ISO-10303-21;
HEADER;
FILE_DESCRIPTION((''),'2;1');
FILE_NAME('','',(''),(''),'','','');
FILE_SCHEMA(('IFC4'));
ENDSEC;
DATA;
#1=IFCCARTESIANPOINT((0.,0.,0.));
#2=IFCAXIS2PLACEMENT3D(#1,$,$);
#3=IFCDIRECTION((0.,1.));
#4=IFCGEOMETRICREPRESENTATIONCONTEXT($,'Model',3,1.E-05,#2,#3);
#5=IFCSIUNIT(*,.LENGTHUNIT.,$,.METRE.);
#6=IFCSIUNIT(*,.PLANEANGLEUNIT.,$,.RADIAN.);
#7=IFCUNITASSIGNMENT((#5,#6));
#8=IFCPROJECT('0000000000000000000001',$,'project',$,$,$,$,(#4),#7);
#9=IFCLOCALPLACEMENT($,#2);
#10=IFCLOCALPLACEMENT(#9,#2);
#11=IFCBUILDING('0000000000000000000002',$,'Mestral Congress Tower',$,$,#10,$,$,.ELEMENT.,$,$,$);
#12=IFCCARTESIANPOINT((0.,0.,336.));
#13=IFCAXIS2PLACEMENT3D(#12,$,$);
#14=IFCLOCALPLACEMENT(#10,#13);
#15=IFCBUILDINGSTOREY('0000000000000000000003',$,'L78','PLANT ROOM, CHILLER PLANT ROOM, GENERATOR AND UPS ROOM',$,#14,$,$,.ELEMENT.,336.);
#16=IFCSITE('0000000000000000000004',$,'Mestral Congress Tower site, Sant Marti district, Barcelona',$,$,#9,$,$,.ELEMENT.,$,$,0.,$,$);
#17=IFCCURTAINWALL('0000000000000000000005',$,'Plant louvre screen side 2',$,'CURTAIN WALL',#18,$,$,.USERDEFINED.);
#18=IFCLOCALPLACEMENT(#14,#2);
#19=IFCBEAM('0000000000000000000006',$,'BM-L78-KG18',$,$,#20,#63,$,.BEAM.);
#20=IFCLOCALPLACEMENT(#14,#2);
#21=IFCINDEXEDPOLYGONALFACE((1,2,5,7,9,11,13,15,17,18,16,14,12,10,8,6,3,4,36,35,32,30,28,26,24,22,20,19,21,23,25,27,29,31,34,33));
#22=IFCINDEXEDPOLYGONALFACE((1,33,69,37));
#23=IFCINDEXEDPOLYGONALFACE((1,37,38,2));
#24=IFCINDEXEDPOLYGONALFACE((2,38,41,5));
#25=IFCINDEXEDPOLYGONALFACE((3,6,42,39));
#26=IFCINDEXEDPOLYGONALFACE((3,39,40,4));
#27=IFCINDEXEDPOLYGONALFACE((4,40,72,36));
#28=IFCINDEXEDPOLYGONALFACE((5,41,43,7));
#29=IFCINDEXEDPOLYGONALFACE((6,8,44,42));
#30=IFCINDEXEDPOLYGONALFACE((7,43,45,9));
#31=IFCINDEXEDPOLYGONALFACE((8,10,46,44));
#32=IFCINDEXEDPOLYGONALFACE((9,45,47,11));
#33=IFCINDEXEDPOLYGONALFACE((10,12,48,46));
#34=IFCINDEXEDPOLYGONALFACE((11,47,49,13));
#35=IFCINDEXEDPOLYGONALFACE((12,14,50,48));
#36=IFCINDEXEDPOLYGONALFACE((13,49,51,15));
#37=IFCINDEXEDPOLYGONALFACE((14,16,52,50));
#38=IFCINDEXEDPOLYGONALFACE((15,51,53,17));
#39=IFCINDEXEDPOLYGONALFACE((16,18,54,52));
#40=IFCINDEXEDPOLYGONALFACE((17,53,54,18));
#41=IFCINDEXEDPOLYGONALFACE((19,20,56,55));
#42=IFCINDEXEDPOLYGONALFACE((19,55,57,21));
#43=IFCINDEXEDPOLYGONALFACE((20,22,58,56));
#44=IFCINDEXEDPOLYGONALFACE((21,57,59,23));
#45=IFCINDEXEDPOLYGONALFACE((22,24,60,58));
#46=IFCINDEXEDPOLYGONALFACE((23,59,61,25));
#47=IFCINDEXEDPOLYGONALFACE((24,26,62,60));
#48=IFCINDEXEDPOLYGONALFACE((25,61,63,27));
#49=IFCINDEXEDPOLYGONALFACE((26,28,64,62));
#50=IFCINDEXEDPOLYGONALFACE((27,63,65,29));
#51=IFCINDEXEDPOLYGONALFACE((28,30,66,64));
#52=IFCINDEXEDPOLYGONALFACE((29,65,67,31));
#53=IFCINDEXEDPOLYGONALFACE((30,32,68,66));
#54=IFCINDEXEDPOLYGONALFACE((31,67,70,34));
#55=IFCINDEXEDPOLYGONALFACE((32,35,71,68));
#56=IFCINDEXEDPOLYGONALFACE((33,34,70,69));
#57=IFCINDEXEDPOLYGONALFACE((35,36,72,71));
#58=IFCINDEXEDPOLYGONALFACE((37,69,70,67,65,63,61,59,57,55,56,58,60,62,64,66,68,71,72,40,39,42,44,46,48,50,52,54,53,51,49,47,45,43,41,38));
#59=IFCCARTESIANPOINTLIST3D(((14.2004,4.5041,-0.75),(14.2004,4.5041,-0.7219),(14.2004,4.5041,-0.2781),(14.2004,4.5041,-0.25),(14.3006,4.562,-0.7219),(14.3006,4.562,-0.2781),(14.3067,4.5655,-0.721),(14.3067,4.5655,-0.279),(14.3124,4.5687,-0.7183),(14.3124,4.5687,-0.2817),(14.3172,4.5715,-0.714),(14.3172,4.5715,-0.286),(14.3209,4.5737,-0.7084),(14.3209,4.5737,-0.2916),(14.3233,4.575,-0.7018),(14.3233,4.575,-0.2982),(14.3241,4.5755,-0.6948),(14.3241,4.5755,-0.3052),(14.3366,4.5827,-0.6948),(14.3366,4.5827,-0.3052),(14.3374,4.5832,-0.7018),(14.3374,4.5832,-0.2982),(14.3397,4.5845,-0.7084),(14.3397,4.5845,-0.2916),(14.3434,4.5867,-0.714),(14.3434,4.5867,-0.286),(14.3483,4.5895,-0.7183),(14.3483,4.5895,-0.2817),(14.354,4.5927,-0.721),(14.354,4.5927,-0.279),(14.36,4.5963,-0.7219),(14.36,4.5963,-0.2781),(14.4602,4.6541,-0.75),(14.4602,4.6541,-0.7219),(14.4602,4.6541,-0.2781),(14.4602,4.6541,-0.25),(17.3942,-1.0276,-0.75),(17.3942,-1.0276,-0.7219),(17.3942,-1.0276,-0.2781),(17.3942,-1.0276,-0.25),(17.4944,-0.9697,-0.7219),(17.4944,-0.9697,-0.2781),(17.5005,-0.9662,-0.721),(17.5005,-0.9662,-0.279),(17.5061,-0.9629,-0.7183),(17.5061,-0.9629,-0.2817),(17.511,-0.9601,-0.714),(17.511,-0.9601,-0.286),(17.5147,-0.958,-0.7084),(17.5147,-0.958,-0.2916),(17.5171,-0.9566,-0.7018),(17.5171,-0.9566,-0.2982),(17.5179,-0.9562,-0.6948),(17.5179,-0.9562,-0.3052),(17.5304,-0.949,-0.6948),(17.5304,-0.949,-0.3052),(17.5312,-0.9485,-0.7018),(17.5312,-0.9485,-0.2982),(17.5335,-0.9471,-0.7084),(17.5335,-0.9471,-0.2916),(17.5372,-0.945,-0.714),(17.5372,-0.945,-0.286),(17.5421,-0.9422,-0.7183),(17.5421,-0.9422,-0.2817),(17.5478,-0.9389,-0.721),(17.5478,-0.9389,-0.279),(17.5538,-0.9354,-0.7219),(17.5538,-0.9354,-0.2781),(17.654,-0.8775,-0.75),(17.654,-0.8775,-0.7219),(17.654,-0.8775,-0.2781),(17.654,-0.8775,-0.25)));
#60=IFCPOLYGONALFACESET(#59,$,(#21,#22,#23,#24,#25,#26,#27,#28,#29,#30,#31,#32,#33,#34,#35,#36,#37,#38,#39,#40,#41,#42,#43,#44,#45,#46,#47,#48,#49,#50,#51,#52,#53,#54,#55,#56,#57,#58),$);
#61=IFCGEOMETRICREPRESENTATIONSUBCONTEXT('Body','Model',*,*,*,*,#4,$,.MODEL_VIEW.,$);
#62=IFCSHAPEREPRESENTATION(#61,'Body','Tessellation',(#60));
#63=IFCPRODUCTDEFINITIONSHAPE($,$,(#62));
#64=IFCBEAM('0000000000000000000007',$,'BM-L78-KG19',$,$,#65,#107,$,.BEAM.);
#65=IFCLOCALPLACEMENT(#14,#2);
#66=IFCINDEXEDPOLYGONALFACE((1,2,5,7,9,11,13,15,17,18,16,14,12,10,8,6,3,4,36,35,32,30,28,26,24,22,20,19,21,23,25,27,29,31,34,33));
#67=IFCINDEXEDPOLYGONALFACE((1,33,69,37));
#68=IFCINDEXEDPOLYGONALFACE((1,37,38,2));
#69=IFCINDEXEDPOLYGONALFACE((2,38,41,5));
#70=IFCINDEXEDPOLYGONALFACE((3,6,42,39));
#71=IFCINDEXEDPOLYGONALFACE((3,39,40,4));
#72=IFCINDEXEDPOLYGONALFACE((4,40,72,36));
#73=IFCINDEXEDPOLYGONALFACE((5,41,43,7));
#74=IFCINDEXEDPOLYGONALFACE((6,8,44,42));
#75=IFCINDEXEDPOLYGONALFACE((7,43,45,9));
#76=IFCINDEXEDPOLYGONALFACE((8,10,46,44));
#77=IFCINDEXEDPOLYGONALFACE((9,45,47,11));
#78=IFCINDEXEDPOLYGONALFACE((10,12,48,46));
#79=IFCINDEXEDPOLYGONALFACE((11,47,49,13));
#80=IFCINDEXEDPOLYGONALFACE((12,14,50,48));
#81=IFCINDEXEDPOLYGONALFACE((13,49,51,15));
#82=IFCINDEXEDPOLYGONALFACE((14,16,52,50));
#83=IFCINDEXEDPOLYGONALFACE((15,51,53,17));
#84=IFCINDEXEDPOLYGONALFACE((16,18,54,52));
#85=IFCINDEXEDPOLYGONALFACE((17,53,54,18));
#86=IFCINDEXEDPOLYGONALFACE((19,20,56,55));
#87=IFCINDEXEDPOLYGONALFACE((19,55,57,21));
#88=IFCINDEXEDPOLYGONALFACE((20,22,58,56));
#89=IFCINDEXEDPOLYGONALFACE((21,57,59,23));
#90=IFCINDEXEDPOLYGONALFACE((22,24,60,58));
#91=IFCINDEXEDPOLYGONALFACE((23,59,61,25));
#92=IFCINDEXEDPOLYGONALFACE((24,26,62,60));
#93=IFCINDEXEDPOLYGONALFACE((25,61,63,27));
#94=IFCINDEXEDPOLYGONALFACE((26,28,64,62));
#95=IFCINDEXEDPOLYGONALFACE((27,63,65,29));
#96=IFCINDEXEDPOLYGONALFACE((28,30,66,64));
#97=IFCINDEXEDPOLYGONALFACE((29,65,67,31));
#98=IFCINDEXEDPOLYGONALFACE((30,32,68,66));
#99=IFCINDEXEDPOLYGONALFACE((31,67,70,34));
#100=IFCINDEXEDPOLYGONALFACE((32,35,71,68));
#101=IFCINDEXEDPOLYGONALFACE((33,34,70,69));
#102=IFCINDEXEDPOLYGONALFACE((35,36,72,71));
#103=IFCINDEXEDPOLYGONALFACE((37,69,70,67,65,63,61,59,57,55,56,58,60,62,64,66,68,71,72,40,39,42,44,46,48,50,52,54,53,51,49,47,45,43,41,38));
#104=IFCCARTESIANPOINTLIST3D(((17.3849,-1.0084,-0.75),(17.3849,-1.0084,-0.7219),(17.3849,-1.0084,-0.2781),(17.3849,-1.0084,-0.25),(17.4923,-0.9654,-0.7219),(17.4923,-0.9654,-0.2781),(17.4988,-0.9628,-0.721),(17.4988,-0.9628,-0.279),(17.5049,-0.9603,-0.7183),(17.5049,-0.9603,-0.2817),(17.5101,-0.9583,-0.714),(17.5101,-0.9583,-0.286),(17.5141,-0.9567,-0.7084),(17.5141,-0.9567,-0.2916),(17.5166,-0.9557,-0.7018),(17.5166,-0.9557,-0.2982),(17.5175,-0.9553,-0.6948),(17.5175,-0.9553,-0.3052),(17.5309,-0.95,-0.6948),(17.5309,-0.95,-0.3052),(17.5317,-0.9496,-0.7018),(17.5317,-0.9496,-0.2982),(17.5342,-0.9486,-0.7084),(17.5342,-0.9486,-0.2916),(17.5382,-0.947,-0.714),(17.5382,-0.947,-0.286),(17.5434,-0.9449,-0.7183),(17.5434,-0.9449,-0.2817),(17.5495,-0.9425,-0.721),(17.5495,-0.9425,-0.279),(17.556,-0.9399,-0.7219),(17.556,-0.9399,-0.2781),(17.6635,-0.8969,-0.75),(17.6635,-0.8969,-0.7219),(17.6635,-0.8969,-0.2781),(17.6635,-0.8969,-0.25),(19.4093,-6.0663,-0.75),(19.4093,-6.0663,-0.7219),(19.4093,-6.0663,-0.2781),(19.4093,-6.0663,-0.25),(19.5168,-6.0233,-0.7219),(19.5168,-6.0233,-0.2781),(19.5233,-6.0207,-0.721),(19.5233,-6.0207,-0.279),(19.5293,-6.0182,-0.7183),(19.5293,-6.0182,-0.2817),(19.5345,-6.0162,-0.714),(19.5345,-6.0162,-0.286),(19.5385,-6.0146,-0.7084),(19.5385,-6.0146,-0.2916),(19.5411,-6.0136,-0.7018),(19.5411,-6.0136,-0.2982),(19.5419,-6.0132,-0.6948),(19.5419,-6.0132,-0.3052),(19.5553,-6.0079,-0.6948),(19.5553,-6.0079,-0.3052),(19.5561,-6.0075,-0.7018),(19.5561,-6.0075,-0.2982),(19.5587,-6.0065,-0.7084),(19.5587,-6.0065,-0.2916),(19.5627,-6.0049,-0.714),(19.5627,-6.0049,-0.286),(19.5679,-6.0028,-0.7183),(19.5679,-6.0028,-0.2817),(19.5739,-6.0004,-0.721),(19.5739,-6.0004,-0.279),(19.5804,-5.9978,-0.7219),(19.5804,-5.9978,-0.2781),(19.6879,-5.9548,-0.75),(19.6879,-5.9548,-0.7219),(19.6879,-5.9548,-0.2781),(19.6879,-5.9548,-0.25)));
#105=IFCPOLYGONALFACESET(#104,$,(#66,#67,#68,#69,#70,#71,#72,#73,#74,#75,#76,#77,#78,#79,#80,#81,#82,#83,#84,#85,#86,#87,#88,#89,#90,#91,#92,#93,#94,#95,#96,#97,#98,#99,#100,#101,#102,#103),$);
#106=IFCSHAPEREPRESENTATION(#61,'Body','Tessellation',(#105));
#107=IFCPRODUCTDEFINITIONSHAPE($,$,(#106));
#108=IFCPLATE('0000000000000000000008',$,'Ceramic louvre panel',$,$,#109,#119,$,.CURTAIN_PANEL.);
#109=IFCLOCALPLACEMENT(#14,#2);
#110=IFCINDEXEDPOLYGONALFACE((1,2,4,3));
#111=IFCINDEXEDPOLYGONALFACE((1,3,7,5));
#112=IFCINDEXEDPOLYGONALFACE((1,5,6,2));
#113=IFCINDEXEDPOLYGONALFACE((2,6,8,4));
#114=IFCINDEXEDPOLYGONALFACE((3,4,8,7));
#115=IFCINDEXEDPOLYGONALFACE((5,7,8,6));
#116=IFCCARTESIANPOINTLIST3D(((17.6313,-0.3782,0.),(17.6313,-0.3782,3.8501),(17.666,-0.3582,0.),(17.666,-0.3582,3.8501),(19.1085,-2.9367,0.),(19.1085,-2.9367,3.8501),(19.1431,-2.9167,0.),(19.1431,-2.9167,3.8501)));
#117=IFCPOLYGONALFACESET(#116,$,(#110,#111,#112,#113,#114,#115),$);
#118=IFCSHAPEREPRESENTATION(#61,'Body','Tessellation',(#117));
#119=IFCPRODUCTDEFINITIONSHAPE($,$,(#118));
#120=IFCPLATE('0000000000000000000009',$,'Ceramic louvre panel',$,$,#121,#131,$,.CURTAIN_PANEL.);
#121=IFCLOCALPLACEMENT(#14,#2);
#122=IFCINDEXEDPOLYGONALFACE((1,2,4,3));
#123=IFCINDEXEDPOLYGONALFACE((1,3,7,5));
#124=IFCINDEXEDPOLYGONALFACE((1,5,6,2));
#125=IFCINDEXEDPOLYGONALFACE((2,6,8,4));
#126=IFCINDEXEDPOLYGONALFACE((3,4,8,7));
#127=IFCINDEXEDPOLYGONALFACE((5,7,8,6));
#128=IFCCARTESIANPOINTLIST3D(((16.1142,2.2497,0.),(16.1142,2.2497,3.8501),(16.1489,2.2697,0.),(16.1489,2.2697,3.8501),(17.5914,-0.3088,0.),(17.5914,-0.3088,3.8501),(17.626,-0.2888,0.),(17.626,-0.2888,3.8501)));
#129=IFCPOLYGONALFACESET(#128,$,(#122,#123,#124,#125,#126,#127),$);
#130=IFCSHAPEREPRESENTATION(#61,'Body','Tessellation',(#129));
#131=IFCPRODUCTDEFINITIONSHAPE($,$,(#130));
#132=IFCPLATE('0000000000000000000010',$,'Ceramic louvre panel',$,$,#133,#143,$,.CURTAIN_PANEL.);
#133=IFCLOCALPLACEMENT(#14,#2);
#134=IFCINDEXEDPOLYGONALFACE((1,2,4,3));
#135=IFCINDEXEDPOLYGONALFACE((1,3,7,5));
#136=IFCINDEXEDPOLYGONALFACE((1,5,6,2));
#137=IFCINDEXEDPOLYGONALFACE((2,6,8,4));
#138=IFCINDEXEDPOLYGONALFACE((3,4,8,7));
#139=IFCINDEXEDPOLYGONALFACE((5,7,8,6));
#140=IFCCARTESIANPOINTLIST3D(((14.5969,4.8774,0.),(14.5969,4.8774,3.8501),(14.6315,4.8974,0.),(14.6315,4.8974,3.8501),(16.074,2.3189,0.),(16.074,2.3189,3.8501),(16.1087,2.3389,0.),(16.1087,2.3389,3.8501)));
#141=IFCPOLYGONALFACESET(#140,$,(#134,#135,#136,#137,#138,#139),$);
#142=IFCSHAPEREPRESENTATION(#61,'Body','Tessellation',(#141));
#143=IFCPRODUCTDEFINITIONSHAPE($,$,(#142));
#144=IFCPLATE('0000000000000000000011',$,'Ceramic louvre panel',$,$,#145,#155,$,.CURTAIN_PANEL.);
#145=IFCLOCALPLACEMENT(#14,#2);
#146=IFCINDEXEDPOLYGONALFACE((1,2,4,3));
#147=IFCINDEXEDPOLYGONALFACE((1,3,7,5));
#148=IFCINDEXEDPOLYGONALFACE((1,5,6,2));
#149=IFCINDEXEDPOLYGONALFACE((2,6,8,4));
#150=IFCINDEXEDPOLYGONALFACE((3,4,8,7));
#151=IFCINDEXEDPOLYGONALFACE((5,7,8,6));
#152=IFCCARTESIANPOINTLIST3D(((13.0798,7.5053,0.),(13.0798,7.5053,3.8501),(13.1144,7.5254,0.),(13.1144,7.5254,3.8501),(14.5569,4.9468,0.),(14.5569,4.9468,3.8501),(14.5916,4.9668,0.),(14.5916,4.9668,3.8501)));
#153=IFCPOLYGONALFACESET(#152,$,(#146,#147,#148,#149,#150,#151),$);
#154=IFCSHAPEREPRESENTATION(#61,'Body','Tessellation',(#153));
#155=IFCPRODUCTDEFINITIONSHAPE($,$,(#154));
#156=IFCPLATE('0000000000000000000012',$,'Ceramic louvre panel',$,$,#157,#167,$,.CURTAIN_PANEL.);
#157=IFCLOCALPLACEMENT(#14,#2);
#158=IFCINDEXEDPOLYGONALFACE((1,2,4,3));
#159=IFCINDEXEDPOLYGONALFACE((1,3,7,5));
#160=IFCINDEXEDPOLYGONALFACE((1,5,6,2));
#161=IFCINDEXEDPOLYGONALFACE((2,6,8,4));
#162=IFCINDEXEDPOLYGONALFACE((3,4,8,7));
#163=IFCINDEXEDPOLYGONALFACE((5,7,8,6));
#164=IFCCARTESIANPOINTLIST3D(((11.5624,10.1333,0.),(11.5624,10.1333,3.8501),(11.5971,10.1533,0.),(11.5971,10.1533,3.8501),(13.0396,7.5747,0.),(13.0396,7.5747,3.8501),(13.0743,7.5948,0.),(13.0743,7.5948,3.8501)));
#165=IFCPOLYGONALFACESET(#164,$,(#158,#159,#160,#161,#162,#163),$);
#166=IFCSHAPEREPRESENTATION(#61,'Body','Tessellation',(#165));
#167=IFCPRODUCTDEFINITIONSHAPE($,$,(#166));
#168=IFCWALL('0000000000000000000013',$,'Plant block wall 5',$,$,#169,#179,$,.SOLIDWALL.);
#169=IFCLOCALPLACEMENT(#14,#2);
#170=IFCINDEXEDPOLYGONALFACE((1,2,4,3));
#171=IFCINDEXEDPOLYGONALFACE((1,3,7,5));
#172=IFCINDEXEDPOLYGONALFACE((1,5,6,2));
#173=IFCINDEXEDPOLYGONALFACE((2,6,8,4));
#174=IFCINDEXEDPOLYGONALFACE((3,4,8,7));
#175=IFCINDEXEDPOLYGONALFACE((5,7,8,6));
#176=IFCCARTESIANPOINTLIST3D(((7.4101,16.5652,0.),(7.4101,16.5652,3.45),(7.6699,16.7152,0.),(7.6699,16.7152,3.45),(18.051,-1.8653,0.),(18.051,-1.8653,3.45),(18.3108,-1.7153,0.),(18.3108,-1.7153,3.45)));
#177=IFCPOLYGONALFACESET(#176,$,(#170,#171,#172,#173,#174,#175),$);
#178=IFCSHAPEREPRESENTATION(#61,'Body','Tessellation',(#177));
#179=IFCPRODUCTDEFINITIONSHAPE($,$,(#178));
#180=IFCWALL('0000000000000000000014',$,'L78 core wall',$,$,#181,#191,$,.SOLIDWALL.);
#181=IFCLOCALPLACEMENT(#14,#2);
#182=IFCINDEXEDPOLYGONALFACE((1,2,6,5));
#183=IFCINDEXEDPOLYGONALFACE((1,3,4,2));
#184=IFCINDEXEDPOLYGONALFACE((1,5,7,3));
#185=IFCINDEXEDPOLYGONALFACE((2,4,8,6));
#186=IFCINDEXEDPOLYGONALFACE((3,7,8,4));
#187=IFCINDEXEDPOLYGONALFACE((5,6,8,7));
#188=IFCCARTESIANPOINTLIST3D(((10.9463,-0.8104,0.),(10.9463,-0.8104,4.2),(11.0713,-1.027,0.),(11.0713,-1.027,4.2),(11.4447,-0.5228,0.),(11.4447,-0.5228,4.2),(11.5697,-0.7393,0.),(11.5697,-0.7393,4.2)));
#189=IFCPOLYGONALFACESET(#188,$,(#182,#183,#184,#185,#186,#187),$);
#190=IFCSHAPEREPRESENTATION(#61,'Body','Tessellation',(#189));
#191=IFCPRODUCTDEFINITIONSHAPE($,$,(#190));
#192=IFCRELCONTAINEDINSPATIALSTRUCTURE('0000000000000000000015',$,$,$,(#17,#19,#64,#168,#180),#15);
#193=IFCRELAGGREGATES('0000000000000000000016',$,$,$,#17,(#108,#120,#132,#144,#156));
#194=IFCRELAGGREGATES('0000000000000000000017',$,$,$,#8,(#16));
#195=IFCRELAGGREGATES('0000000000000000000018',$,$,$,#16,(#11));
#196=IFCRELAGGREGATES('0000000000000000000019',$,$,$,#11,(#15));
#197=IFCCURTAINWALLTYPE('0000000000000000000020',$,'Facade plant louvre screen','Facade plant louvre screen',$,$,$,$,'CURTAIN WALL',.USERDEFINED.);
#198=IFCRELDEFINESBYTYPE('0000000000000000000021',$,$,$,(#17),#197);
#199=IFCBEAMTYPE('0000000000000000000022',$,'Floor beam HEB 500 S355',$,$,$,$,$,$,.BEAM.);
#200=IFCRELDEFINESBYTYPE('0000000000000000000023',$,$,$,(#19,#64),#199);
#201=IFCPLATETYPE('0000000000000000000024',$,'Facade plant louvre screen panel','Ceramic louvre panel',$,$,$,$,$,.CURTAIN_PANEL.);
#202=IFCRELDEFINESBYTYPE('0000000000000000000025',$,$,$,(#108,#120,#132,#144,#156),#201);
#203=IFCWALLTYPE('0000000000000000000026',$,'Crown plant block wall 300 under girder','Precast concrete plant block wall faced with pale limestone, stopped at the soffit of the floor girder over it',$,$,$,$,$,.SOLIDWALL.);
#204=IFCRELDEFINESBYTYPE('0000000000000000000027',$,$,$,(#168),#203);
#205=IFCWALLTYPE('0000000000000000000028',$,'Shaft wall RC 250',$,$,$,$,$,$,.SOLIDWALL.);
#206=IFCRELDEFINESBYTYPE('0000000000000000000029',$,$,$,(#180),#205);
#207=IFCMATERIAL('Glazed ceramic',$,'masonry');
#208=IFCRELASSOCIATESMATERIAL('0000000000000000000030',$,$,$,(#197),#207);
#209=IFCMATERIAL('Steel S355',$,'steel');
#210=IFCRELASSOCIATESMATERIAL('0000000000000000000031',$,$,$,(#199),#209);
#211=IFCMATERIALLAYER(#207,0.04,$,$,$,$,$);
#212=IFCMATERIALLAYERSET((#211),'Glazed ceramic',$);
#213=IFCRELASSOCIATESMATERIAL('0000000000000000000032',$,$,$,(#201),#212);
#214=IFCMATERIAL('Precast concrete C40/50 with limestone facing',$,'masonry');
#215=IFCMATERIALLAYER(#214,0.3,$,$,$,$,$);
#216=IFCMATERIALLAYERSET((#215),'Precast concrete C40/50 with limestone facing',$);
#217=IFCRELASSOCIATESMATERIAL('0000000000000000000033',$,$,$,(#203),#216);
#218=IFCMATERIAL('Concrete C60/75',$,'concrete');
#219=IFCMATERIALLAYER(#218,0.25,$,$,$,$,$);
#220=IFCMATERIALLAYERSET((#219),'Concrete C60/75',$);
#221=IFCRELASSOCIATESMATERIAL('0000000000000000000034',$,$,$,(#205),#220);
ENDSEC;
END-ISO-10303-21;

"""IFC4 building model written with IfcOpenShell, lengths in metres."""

from ifc_helpers import new_model, si_unit, direction, frame, frame_2d, origin, origin_2d, place, context, subcontext, project, spatial, rectangle, i_section, extrude, material, layer, layer_set, material_profile, profile_set, type_object, element, aggregate, save


model = new_model("IFC4")

# Units and contexts
model_context = context("Model", 3, precision=1e-05, world=origin(), true_north=direction((0.0, 1.0)))
body_context = subcontext(model_context, "Body", "Model", "MODEL_VIEW")
ifc_project = project(units=[si_unit("LENGTHUNIT", "METRE"), si_unit("PLANEANGLEUNIT", "RADIAN")], contexts=[model_context])

# Site, building, storey
site_placement = place(None, origin())
site = spatial("IfcSite", under=ifc_project, at=site_placement, Name="Mestral Congress Tower site, Sant Marti district, Barcelona", CompositionType="ELEMENT", RefElevation=0.0)
building_placement = place(site_placement, origin())
building = spatial("IfcBuilding", under=site, at=building_placement, Name="Mestral Congress Tower", CompositionType="ELEMENT")
storey_placement = place(building_placement, frame((0.0, 0.0, 336.0)))
storey = spatial("IfcBuildingStorey", under=building, at=storey_placement, Name="L78", Description="PLANT ROOM, CHILLER PLANT ROOM, GENERATOR AND UPS ROOM", CompositionType="ELEMENT", Elevation=336.0)

# Shared definitions
ifc_material_1 = material(Name="Steel S355", Category="steel")

# Curtain wall
ifc_material_2 = material(Name="Glazed ceramic", Category="masonry")
curtain_wall_type = type_object("IfcCurtainWallType", Name="Facade plant louvre screen", Description="Facade plant louvre screen", ElementType="CURTAIN WALL", PredefinedType="USERDEFINED", material=ifc_material_2)
curtain_wall_placement = place(storey_placement, origin())
curtain_wall = element("IfcCurtainWall", 1, at=curtain_wall_placement, inside=storey, type_object=curtain_wall_type, Name="Plant louvre screen side 2", ObjectType="CURTAIN WALL", PredefinedType="USERDEFINED")

# Beams
ifc_material_profile_1 = material_profile(ifc_material_1, i_section(OverallWidth=0.3, OverallDepth=0.5, WebThickness=0.0144, FlangeThickness=0.0281, FilletRadius=0.0271, at=origin_2d()), Name="HEB 500")
ifc_profile_set_1 = profile_set([ifc_material_profile_1], Name="Steel S355")
beam_type_1 = type_object("IfcBeamType", Name="Floor beam HEB 500 S355", PredefinedType="BEAM", material=ifc_profile_set_1)
beam_1_placement = place(storey_placement, frame((14.3303, 4.5791, -0.5), z_axis=(0.500011, -0.866019, 0.0), x_axis=(0.866019, 0.500011, 0.0)))
element("IfcBeam", 2, at=beam_1_placement, inside=storey, type_object=beam_type_1, Name="BM-L78-KG18", PredefinedType="BEAM", context=body_context, shape_type="SweptSolid", body=[
    extrude(i_section(OverallWidth=0.3, OverallDepth=0.5, WebThickness=0.0144, FlangeThickness=0.0281, FilletRadius=0.0271, at=origin_2d()), origin(), (0.0, 0.0, 1.0), 6.3875),
])
beam_2_placement = place(storey_placement, frame((17.5242, -0.9526, -0.5), z_axis=(0.371592, -0.928396, 0.0), x_axis=(0.928396, 0.371592, 0.0)))
element("IfcBeam", 3, at=beam_2_placement, inside=storey, type_object=beam_type_1, Name="BM-L78-KG19", PredefinedType="BEAM", context=body_context, shape_type="SweptSolid", body=[
    extrude(i_section(OverallWidth=0.3, OverallDepth=0.5, WebThickness=0.0144, FlangeThickness=0.0281, FilletRadius=0.0271, at=origin_2d()), origin(), (0.0, 0.0, 1.0), 5.448),
])

# Plates
ifc_layer_1 = layer(ifc_material_2, 0.04)
ifc_layer_set_1 = layer_set([ifc_layer_1], Name="Glazed ceramic")
plate_type = type_object("IfcPlateType", Name="Facade plant louvre screen panel", Description="Ceramic louvre panel", PredefinedType="CURTAIN_PANEL", material=ifc_layer_set_1)
plate_1_placement = place(storey_placement, frame((18.3872, -1.6475, 0.0), z_axis=(0.0, 0.0, 1.0), x_axis=(-0.500002, 0.866025, 0.0)))
plate_1 = element("IfcPlate", 4, at=plate_1_placement, type_object=plate_type, Name="Ceramic louvre panel", PredefinedType="CURTAIN_PANEL", context=body_context, shape_type="SweptSolid", body=[
    extrude(rectangle(XDim=2.9543, YDim=0.04, at=origin_2d()), origin(), (0.0, 0.0, 1.0), 3.8501),
])
plate_2_placement = place(storey_placement, frame((16.8701, 0.9805, 0.0), z_axis=(0.0, 0.0, 1.0), x_axis=(-0.500002, 0.866025, 0.0)))
plate_2 = element("IfcPlate", 5, at=plate_2_placement, type_object=plate_type, Name="Ceramic louvre panel", PredefinedType="CURTAIN_PANEL", context=body_context, shape_type="SweptSolid", body=[
    extrude(rectangle(XDim=2.9543, YDim=0.04, at=origin_2d()), origin(), (0.0, 0.0, 1.0), 3.8501),
])
plate_3_placement = place(storey_placement, frame((15.3528, 3.6082, 0.0), z_axis=(0.0, 0.0, 1.0), x_axis=(-0.500002, 0.866025, 0.0)))
plate_3 = element("IfcPlate", 6, at=plate_3_placement, type_object=plate_type, Name="Ceramic louvre panel", PredefinedType="CURTAIN_PANEL", context=body_context, shape_type="SweptSolid", body=[
    extrude(rectangle(XDim=2.9543, YDim=0.04, at=origin_2d()), origin(), (0.0, 0.0, 1.0), 3.8501),
])
plate_4_placement = place(storey_placement, frame((13.8357, 6.2361, 0.0), z_axis=(0.0, 0.0, 1.0), x_axis=(-0.500002, 0.866025, 0.0)))
plate_4 = element("IfcPlate", 7, at=plate_4_placement, type_object=plate_type, Name="Ceramic louvre panel", PredefinedType="CURTAIN_PANEL", context=body_context, shape_type="SweptSolid", body=[
    extrude(rectangle(XDim=2.9543, YDim=0.04, at=origin_2d()), origin(), (0.0, 0.0, 1.0), 3.8501),
])
plate_5_placement = place(storey_placement, frame((12.3184, 8.864, 0.0), z_axis=(0.0, 0.0, 1.0), x_axis=(-0.500002, 0.866025, 0.0)))
plate_5 = element("IfcPlate", 8, at=plate_5_placement, type_object=plate_type, Name="Ceramic louvre panel", PredefinedType="CURTAIN_PANEL", context=body_context, shape_type="SweptSolid", body=[
    extrude(rectangle(XDim=2.9543, YDim=0.04, at=origin_2d()), origin(), (0.0, 0.0, 1.0), 3.8501),
])
aggregate(curtain_wall, [plate_1, plate_2, plate_3, plate_4, plate_5])

# Walls
ifc_material_3 = material(Name="Precast concrete C40/50 with limestone facing", Category="masonry")
ifc_layer_2 = layer(ifc_material_3, 0.3)
ifc_layer_set_2 = layer_set([ifc_layer_2], Name="Precast concrete C40/50 with limestone facing")
wall_type_1 = type_object("IfcWallType", Name="Crown plant block wall 300 under girder", Description="Precast concrete plant block wall faced with pale limestone, stopped at the soffit of the floor girder over it", PredefinedType="SOLIDWALL", material=ifc_layer_set_2)
wall_1_placement = place(storey_placement, frame((18.1809, -1.7903, 0.0), z_axis=(0.0, 0.0, 1.0), x_axis=(-0.500002, 0.866024, 0.0)))
element("IfcWall", 9, at=wall_1_placement, inside=storey, type_object=wall_type_1, Name="Plant block wall 5", PredefinedType="SOLIDWALL", context=body_context, shape_type="SweptSolid", body=[
    extrude(rectangle(XDim=21.2817, YDim=0.3, at=frame_2d((10.6409, 0.0))), origin(), (0.0, 0.0, 1.0), 3.45),
])
ifc_material_4 = material(Name="Concrete C60/75", Category="concrete")
ifc_layer_3 = layer(ifc_material_4, 0.25)
ifc_layer_set_3 = layer_set([ifc_layer_3], Name="Concrete C60/75")
wall_type_2 = type_object("IfcWallType", Name="Shaft wall RC 250", PredefinedType="SOLIDWALL", material=ifc_layer_set_3)
wall_2_placement = place(storey_placement, frame((11.5071, -0.6311, 0.0), z_axis=(0.0, 0.0, 1.0), x_axis=(-0.866094, -0.499882, 0.0)))
element("IfcWall", 10, at=wall_2_placement, inside=storey, type_object=wall_type_2, Name="L78 core wall", PredefinedType="SOLIDWALL", context=body_context, shape_type="SweptSolid", body=[
    extrude(rectangle(XDim=0.5754, YDim=0.25, at=frame_2d((0.2876, 0.0))), origin(), (0.0, 0.0, 1.0), 4.2),
])

save(model, "model.ifc")
